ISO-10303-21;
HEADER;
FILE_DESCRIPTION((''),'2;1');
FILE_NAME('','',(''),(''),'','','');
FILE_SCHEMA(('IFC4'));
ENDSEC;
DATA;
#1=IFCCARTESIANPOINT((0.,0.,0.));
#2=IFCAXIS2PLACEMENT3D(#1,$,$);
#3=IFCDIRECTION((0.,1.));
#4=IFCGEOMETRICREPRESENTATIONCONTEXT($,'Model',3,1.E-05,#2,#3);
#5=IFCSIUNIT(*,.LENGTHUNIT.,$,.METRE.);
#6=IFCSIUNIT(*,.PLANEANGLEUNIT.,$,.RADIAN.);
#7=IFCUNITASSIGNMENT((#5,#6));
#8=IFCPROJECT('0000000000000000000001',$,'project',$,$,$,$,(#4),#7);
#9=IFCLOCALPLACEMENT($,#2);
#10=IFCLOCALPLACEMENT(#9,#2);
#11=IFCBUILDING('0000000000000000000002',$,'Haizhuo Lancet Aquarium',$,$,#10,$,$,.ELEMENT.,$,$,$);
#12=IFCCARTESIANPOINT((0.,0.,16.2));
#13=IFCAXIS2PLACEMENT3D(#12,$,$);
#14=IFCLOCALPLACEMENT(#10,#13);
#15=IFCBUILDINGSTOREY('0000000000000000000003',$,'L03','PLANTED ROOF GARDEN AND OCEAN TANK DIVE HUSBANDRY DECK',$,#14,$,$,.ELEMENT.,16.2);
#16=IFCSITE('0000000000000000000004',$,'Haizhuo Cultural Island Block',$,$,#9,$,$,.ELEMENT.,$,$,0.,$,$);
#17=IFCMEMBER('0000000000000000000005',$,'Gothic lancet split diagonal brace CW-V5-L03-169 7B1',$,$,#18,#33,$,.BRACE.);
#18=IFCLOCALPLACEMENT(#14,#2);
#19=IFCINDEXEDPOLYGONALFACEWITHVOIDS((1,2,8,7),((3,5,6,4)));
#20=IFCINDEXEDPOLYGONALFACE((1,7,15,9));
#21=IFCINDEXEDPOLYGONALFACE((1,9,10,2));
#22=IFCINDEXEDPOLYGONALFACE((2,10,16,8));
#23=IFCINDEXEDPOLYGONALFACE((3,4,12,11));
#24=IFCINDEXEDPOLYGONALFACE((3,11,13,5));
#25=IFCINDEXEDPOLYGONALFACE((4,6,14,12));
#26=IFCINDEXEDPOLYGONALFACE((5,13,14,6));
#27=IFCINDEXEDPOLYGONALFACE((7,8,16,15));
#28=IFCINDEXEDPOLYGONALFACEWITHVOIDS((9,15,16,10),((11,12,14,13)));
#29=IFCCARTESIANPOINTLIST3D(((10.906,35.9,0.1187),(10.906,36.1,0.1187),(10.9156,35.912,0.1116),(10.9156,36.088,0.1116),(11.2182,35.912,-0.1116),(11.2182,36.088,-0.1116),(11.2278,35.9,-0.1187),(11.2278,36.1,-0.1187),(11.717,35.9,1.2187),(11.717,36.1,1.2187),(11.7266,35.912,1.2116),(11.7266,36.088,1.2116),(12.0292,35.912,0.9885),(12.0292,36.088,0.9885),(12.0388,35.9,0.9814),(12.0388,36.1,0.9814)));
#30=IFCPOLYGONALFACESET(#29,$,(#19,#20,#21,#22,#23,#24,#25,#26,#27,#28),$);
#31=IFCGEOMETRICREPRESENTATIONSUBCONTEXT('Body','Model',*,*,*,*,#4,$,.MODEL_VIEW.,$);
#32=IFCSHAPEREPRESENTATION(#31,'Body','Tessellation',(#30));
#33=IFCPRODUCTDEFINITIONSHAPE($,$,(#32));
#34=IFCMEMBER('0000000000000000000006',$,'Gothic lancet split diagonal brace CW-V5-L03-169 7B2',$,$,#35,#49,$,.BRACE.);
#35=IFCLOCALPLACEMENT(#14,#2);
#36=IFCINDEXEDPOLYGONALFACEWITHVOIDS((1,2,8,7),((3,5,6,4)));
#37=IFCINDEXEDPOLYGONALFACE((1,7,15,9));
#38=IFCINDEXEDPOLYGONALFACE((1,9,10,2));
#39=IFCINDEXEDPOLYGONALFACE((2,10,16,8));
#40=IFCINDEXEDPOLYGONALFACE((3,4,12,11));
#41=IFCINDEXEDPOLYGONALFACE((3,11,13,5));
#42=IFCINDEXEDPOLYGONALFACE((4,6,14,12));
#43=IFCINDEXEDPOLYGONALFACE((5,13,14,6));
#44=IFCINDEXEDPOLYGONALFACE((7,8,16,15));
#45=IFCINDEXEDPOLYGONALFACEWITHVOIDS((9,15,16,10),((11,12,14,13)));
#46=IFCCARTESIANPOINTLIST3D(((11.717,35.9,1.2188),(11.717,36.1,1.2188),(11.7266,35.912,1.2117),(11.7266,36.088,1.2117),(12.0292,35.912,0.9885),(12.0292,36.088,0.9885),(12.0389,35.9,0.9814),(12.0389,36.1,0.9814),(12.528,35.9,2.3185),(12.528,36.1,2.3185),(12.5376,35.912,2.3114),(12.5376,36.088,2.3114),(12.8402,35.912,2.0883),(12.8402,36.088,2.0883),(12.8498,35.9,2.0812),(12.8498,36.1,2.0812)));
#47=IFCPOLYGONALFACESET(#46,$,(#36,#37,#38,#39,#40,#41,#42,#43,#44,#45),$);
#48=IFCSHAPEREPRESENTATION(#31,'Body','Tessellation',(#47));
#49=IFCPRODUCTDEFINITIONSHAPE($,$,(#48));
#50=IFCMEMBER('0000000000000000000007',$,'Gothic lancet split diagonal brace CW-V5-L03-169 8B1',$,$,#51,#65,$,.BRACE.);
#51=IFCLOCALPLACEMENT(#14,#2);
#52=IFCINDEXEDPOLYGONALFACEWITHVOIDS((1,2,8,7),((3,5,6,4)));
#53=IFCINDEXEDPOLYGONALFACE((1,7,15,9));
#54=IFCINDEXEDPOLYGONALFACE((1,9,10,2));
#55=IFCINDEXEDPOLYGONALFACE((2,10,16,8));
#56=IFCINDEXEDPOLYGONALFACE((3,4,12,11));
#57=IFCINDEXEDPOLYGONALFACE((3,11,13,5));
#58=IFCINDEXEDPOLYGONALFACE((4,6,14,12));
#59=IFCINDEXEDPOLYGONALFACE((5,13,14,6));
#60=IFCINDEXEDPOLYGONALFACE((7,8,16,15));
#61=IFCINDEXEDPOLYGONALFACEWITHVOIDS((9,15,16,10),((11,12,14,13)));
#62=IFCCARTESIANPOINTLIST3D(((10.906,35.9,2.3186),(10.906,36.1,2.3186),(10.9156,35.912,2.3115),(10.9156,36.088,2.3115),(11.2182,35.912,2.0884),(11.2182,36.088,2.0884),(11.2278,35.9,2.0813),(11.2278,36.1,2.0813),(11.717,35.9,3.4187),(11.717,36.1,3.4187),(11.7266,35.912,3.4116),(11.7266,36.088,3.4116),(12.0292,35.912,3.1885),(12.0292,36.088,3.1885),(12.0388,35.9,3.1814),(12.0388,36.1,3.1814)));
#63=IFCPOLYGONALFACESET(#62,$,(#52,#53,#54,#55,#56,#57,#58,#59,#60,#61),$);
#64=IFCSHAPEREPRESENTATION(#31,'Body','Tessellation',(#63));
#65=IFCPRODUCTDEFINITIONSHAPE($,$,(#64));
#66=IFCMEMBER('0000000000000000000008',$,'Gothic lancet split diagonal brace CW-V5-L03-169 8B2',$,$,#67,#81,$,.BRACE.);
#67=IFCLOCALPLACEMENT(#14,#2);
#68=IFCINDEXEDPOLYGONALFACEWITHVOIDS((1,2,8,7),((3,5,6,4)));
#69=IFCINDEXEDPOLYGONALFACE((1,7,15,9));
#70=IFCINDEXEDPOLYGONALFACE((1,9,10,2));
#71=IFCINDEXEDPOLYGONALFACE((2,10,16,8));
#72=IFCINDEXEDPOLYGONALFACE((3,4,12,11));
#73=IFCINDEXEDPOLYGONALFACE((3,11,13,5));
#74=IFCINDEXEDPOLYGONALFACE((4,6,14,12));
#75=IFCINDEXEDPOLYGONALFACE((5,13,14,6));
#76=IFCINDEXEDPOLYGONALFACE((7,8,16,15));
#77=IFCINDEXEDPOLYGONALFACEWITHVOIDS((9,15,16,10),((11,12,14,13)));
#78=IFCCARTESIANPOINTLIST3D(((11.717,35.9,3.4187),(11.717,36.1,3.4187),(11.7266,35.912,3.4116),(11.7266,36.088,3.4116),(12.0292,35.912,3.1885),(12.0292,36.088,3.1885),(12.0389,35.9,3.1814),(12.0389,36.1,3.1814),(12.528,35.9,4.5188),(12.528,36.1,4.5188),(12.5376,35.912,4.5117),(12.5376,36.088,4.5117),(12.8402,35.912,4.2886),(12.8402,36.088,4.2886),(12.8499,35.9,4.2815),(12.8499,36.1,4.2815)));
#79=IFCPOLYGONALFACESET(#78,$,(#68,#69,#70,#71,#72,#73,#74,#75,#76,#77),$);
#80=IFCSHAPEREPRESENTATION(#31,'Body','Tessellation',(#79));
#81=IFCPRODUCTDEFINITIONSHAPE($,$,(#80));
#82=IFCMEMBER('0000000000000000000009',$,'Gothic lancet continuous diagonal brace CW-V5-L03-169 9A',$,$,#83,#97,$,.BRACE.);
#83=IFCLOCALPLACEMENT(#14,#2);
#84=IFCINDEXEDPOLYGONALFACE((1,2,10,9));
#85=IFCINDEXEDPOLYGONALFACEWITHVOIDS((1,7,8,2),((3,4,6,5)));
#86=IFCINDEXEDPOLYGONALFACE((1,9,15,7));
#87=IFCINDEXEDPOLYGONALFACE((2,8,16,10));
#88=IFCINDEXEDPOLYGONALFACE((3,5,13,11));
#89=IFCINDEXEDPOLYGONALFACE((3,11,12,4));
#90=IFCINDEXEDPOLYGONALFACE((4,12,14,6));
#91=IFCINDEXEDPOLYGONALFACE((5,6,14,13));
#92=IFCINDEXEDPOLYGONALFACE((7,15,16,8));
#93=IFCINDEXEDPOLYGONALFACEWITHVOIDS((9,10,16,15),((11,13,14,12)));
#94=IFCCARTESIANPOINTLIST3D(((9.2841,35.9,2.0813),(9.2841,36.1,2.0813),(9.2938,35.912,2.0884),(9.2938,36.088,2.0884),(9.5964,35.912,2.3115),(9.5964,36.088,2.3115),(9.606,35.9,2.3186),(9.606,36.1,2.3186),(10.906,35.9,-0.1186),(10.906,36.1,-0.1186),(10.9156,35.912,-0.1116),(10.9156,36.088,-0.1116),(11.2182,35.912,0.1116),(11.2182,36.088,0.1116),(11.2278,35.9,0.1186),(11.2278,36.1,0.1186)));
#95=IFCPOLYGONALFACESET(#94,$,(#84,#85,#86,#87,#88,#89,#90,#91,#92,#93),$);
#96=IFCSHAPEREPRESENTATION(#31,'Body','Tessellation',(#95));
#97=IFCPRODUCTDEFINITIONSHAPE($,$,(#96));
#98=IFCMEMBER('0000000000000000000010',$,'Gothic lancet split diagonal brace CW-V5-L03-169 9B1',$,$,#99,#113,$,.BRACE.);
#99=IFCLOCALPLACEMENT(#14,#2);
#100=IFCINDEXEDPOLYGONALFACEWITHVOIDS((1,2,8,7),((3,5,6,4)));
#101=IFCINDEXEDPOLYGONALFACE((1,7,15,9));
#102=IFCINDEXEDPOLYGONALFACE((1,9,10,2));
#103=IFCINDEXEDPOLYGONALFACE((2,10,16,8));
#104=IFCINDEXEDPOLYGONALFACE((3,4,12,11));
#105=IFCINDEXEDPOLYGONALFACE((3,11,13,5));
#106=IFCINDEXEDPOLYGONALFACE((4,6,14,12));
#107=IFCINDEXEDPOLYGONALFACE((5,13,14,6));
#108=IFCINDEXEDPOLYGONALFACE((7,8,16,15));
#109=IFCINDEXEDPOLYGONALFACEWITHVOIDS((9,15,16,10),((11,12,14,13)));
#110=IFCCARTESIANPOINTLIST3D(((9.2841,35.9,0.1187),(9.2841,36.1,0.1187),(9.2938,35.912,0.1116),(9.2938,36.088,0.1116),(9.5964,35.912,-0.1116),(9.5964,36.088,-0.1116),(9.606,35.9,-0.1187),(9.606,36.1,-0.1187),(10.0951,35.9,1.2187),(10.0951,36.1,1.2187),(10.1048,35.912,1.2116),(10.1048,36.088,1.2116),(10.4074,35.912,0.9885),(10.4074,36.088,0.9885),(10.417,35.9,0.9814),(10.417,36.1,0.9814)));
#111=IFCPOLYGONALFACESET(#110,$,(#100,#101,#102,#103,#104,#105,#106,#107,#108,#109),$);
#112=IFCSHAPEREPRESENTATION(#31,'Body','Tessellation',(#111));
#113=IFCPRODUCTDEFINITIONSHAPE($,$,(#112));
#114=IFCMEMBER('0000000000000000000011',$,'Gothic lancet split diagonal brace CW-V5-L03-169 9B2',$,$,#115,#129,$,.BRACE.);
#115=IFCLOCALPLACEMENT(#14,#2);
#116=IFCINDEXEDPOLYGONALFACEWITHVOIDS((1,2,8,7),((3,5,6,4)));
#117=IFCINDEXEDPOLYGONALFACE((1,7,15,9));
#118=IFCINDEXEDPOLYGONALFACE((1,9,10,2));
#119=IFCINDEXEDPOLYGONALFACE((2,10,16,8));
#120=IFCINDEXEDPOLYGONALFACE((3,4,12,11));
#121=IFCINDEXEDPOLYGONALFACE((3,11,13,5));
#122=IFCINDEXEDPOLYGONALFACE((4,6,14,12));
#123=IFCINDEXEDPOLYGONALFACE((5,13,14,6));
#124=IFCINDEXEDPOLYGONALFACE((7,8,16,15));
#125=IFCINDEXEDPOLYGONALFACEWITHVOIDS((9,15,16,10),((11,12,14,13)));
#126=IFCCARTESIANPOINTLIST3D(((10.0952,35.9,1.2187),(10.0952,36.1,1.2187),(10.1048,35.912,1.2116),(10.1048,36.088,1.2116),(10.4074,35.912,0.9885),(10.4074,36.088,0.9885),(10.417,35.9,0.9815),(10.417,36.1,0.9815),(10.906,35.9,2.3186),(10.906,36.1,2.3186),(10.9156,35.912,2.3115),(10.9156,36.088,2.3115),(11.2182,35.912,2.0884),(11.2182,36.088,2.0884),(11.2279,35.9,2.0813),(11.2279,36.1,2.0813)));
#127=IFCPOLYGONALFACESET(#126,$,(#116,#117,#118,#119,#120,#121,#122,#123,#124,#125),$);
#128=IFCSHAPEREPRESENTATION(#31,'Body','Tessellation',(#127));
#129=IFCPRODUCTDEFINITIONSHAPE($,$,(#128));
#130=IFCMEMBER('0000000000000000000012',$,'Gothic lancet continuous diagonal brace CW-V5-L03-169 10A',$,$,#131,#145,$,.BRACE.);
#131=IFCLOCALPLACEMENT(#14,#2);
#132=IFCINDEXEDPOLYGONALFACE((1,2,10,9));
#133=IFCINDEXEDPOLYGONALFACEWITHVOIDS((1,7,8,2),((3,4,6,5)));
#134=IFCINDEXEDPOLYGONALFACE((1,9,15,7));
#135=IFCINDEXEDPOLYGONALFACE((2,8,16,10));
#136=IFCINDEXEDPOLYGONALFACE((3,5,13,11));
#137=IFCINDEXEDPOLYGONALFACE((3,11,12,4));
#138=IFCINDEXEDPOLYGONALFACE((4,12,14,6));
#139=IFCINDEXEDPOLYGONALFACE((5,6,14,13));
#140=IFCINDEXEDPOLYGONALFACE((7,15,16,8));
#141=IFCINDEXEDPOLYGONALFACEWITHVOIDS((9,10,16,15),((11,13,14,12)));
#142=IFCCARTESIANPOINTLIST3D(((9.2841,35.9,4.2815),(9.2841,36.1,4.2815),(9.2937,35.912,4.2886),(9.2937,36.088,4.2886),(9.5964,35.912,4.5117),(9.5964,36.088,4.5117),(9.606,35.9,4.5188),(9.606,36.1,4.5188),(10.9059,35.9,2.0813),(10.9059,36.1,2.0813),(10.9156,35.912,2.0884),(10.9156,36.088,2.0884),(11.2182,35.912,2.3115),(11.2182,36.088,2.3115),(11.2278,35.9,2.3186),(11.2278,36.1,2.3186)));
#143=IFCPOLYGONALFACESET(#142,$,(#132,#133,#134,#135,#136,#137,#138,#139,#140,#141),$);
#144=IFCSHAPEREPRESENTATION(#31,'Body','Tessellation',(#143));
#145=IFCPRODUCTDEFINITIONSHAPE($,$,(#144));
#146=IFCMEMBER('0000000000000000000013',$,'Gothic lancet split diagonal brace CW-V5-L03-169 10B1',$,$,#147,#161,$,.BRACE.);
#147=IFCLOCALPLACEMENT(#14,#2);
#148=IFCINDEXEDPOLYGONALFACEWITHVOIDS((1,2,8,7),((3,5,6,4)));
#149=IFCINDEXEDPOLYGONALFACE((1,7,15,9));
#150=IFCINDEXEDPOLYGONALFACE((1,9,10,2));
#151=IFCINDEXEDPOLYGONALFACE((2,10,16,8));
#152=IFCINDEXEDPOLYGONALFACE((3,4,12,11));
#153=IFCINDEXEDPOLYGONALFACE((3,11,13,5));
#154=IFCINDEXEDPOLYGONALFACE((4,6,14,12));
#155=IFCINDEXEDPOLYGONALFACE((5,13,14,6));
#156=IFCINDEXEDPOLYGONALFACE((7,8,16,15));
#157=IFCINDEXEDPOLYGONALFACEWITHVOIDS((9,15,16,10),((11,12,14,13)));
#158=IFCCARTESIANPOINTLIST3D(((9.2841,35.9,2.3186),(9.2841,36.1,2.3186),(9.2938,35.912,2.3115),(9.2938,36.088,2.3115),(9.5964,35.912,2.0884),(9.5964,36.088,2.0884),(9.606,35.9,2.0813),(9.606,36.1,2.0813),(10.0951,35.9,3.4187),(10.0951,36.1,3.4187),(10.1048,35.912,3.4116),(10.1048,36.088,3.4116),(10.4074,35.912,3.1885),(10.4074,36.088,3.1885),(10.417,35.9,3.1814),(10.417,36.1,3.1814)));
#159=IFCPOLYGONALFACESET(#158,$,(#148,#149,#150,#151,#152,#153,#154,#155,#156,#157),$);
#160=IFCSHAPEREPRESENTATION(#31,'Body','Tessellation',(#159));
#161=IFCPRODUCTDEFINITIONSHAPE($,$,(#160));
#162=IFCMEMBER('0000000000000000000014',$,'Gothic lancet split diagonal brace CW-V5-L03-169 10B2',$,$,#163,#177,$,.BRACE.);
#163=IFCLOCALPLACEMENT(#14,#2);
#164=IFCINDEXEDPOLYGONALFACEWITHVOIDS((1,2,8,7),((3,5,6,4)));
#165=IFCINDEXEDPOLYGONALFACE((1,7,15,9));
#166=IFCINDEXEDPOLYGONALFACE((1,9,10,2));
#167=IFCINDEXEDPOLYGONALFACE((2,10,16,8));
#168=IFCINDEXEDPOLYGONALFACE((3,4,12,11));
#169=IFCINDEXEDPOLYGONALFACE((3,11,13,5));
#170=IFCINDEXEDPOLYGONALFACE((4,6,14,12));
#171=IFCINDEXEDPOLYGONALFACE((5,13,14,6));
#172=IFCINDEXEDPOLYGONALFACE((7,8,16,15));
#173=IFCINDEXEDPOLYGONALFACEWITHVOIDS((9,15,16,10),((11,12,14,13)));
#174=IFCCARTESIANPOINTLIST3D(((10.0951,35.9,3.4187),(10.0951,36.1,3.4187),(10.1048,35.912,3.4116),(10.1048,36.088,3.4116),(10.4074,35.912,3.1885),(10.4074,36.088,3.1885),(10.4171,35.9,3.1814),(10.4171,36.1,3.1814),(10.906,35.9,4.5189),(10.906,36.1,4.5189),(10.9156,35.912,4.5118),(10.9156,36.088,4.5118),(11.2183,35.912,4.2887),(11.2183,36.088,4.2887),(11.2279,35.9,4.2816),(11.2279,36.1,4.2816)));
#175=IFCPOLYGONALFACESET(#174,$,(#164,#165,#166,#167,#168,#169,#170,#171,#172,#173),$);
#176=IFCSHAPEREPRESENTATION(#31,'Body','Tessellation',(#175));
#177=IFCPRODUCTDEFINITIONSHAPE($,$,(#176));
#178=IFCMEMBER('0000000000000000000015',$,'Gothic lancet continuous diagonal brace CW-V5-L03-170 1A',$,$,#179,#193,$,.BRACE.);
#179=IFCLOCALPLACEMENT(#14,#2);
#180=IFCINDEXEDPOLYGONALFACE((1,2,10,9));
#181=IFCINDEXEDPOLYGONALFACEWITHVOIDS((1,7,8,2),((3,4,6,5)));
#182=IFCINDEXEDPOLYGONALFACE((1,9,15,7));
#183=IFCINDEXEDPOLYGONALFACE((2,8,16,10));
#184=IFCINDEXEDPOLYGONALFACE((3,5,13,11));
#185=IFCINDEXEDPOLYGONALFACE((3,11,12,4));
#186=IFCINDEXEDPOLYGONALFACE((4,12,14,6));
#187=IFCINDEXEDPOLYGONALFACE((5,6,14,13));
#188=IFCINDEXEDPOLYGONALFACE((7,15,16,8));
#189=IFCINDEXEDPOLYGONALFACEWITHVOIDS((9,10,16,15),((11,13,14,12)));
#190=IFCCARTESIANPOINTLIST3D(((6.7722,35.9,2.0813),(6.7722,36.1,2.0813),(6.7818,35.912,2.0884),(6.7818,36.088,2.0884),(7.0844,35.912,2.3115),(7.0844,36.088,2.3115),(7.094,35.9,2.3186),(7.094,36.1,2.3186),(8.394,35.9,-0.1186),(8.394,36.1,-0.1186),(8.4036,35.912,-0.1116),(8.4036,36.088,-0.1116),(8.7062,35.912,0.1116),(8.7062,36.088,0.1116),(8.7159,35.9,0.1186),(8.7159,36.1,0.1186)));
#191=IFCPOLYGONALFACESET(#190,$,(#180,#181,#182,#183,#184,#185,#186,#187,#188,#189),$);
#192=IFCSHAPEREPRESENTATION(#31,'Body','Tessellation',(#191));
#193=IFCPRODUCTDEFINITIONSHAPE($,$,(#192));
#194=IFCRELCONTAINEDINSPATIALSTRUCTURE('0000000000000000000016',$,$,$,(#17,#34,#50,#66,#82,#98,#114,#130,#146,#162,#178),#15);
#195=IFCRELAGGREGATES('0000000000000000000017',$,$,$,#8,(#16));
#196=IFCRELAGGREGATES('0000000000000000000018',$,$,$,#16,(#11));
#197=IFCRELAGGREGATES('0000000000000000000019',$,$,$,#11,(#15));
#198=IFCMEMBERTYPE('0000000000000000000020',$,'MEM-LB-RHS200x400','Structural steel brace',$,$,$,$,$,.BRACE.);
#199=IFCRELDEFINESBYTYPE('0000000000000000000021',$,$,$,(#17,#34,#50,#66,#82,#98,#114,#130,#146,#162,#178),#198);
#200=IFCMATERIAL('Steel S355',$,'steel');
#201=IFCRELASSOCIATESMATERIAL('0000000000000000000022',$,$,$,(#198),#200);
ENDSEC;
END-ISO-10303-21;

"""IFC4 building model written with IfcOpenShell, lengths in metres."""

from ifc_helpers import new_model, si_unit, direction, frame, origin, origin_2d, place, context, subcontext, project, spatial, hollow_rectangle, extrude, material, material_profile, profile_set, type_object, element, save


model = new_model("IFC4")

# Units and contexts
model_context = context("Model", 3, precision=1e-05, world=origin(), true_north=direction((0.0, 1.0)))
body_context = subcontext(model_context, "Body", "Model", "MODEL_VIEW")
ifc_project = project(units=[si_unit("LENGTHUNIT", "METRE"), si_unit("PLANEANGLEUNIT", "RADIAN")], contexts=[model_context])

# Site, building, storey
site_placement = place(None, origin())
site = spatial("IfcSite", under=ifc_project, at=site_placement, Name="Haizhuo Cultural Island Block", CompositionType="ELEMENT", RefElevation=0.0)
building_placement = place(site_placement, origin())
building = spatial("IfcBuilding", under=site, at=building_placement, Name="Haizhuo Lancet Aquarium", CompositionType="ELEMENT")
storey_placement = place(building_placement, frame((0.0, 0.0, 16.2)))
storey = spatial("IfcBuildingStorey", under=building, at=storey_placement, Name="L03", Description="PLANTED ROOF GARDEN AND OCEAN TANK DIVE HUSBANDRY DECK", CompositionType="ELEMENT", Elevation=16.2)

# Members
ifc_material_1 = material(Name="Steel S355", Category="steel")
ifc_material_profile_1 = material_profile(ifc_material_1, hollow_rectangle(XDim=0.2, YDim=0.3999, WallThickness=0.012, at=origin_2d()), Name="RHS 200x400x12")
ifc_profile_set_1 = profile_set([ifc_material_profile_1], Name="Steel S355")
member_type_1 = type_object("IfcMemberType", Name="MEM-LB-RHS200x400", Description="Structural steel brace", PredefinedType="BRACE", material=ifc_profile_set_1)
member_1_placement = place(storey_placement, frame((11.0669, 36.0, 0.0), z_axis=(0.593406, 0.0, 0.804903), x_axis=(0.0, 1.0, 0.0)))
element("IfcMember", 1, at=member_1_placement, inside=storey, type_object=member_type_1, Name="Gothic lancet split diagonal brace CW-V5-L03-169 7B1", PredefinedType="BRACE", context=body_context, shape_type="SweptSolid", body=[
    extrude(hollow_rectangle(XDim=0.2, YDim=0.3999, WallThickness=0.012, at=origin_2d()), origin(), (0.0, 0.0, 1.0), 1.3667),
])
member_2_placement = place(storey_placement, frame((11.8779, 36.0, 1.1001), z_axis=(0.593492, 0.0, 0.80484), x_axis=(0.0, 1.0, 0.0)))
element("IfcMember", 2, at=member_2_placement, inside=storey, type_object=member_type_1, Name="Gothic lancet split diagonal brace CW-V5-L03-169 7B2", PredefinedType="BRACE", context=body_context, shape_type="SweptSolid", body=[
    extrude(hollow_rectangle(XDim=0.2, YDim=0.3999, WallThickness=0.012, at=origin_2d()), origin(), (0.0, 0.0, 1.0), 1.3665),
])
for number, where, z_axis, x_axis, name in (
    (3, (11.0669, 36.0, 2.2), (0.593406, 0.0, 0.804903), (0.0, 1.0, 0.0), "Gothic lancet split diagonal brace CW-V5-L03-169 8B1"),
    (4, (11.8779, 36.0, 3.3), (0.593406, 0.0, 0.804903), (0.0, 1.0, 0.0), "Gothic lancet split diagonal brace CW-V5-L03-169 8B2"),
):
    element("IfcMember", number, at=place(storey_placement, frame(where, z_axis=z_axis, x_axis=x_axis)), inside=storey, type_object=member_type_1, Name=name, PredefinedType="BRACE", context=body_context, shape_type="SweptSolid", body=[
        extrude(hollow_rectangle(XDim=0.2, YDim=0.3999, WallThickness=0.012, at=origin_2d()), origin(), (0.0, 0.0, 1.0), 1.3667),
    ])
member_3_placement = place(storey_placement, frame((11.0669, 36.0, 0.0), z_axis=(-0.593391, 0.0, 0.804914), x_axis=(0.0, -1.0, 0.0)))
element("IfcMember", 5, at=member_3_placement, inside=storey, type_object=member_type_1, Name="Gothic lancet continuous diagonal brace CW-V5-L03-169 9A", PredefinedType="BRACE", context=body_context, shape_type="SweptSolid", body=[
    extrude(hollow_rectangle(XDim=0.2, YDim=0.3999, WallThickness=0.012, at=origin_2d()), origin(), (0.0, 0.0, 1.0), 2.7332),
])
member_4_placement = place(storey_placement, frame((9.4451, 36.0, 0.0), z_axis=(0.593406, 0.0, 0.804903), x_axis=(0.0, 1.0, 0.0)))
element("IfcMember", 6, at=member_4_placement, inside=storey, type_object=member_type_1, Name="Gothic lancet split diagonal brace CW-V5-L03-169 9B1", PredefinedType="BRACE", context=body_context, shape_type="SweptSolid", body=[
    extrude(hollow_rectangle(XDim=0.2, YDim=0.3999, WallThickness=0.012, at=origin_2d()), origin(), (0.0, 0.0, 1.0), 1.3667),
])
member_5_placement = place(storey_placement, frame((10.2561, 36.0, 1.1001), z_axis=(0.593376, 0.0, 0.804926), x_axis=(0.0, 1.0, 0.0)))
element("IfcMember", 7, at=member_5_placement, inside=storey, type_object=member_type_1, Name="Gothic lancet split diagonal brace CW-V5-L03-169 9B2", PredefinedType="BRACE", context=body_context, shape_type="SweptSolid", body=[
    extrude(hollow_rectangle(XDim=0.2, YDim=0.3999, WallThickness=0.012, at=origin_2d()), origin(), (0.0, 0.0, 1.0), 1.3665),
])
member_6_placement = place(storey_placement, frame((11.0669, 36.0, 2.2), z_axis=(-0.593348, 0.0, 0.804946), x_axis=(0.0, -1.0, 0.0)))
element("IfcMember", 8, at=member_6_placement, inside=storey, type_object=member_type_1, Name="Gothic lancet continuous diagonal brace CW-V5-L03-169 10A", PredefinedType="BRACE", context=body_context, shape_type="SweptSolid", body=[
    extrude(hollow_rectangle(XDim=0.2, YDim=0.3999, WallThickness=0.012, at=origin_2d()), origin(), (0.0, 0.0, 1.0), 2.7334),
])
for number, where, z_axis, x_axis, name in (
    (9, (9.4451, 36.0, 2.2), (0.593406, 0.0, 0.804903), (0.0, 1.0, 0.0), "Gothic lancet split diagonal brace CW-V5-L03-169 10B1"),
    (10, (10.2561, 36.0, 3.3), (0.59329, 0.0, 0.804988), (0.0, 1.0, 0.0), "Gothic lancet split diagonal brace CW-V5-L03-169 10B2"),
):
    element("IfcMember", number, at=place(storey_placement, frame(where, z_axis=z_axis, x_axis=x_axis)), inside=storey, type_object=member_type_1, Name=name, PredefinedType="BRACE", context=body_context, shape_type="SweptSolid", body=[
        extrude(hollow_rectangle(XDim=0.2, YDim=0.3999, WallThickness=0.012, at=origin_2d()), origin(), (0.0, 0.0, 1.0), 1.3667),
    ])
member_7_placement = place(storey_placement, frame((8.5549, 36.0, 0.0), z_axis=(-0.593391, 0.0, 0.804914), x_axis=(0.0, -1.0, 0.0)))
element("IfcMember", 11, at=member_7_placement, inside=storey, type_object=member_type_1, Name="Gothic lancet continuous diagonal brace CW-V5-L03-170 1A", PredefinedType="BRACE", context=body_context, shape_type="SweptSolid", body=[
    extrude(hollow_rectangle(XDim=0.2, YDim=0.3999, WallThickness=0.012, at=origin_2d()), origin(), (0.0, 0.0, 1.0), 2.7332),
])

save(model, "model.ifc")
